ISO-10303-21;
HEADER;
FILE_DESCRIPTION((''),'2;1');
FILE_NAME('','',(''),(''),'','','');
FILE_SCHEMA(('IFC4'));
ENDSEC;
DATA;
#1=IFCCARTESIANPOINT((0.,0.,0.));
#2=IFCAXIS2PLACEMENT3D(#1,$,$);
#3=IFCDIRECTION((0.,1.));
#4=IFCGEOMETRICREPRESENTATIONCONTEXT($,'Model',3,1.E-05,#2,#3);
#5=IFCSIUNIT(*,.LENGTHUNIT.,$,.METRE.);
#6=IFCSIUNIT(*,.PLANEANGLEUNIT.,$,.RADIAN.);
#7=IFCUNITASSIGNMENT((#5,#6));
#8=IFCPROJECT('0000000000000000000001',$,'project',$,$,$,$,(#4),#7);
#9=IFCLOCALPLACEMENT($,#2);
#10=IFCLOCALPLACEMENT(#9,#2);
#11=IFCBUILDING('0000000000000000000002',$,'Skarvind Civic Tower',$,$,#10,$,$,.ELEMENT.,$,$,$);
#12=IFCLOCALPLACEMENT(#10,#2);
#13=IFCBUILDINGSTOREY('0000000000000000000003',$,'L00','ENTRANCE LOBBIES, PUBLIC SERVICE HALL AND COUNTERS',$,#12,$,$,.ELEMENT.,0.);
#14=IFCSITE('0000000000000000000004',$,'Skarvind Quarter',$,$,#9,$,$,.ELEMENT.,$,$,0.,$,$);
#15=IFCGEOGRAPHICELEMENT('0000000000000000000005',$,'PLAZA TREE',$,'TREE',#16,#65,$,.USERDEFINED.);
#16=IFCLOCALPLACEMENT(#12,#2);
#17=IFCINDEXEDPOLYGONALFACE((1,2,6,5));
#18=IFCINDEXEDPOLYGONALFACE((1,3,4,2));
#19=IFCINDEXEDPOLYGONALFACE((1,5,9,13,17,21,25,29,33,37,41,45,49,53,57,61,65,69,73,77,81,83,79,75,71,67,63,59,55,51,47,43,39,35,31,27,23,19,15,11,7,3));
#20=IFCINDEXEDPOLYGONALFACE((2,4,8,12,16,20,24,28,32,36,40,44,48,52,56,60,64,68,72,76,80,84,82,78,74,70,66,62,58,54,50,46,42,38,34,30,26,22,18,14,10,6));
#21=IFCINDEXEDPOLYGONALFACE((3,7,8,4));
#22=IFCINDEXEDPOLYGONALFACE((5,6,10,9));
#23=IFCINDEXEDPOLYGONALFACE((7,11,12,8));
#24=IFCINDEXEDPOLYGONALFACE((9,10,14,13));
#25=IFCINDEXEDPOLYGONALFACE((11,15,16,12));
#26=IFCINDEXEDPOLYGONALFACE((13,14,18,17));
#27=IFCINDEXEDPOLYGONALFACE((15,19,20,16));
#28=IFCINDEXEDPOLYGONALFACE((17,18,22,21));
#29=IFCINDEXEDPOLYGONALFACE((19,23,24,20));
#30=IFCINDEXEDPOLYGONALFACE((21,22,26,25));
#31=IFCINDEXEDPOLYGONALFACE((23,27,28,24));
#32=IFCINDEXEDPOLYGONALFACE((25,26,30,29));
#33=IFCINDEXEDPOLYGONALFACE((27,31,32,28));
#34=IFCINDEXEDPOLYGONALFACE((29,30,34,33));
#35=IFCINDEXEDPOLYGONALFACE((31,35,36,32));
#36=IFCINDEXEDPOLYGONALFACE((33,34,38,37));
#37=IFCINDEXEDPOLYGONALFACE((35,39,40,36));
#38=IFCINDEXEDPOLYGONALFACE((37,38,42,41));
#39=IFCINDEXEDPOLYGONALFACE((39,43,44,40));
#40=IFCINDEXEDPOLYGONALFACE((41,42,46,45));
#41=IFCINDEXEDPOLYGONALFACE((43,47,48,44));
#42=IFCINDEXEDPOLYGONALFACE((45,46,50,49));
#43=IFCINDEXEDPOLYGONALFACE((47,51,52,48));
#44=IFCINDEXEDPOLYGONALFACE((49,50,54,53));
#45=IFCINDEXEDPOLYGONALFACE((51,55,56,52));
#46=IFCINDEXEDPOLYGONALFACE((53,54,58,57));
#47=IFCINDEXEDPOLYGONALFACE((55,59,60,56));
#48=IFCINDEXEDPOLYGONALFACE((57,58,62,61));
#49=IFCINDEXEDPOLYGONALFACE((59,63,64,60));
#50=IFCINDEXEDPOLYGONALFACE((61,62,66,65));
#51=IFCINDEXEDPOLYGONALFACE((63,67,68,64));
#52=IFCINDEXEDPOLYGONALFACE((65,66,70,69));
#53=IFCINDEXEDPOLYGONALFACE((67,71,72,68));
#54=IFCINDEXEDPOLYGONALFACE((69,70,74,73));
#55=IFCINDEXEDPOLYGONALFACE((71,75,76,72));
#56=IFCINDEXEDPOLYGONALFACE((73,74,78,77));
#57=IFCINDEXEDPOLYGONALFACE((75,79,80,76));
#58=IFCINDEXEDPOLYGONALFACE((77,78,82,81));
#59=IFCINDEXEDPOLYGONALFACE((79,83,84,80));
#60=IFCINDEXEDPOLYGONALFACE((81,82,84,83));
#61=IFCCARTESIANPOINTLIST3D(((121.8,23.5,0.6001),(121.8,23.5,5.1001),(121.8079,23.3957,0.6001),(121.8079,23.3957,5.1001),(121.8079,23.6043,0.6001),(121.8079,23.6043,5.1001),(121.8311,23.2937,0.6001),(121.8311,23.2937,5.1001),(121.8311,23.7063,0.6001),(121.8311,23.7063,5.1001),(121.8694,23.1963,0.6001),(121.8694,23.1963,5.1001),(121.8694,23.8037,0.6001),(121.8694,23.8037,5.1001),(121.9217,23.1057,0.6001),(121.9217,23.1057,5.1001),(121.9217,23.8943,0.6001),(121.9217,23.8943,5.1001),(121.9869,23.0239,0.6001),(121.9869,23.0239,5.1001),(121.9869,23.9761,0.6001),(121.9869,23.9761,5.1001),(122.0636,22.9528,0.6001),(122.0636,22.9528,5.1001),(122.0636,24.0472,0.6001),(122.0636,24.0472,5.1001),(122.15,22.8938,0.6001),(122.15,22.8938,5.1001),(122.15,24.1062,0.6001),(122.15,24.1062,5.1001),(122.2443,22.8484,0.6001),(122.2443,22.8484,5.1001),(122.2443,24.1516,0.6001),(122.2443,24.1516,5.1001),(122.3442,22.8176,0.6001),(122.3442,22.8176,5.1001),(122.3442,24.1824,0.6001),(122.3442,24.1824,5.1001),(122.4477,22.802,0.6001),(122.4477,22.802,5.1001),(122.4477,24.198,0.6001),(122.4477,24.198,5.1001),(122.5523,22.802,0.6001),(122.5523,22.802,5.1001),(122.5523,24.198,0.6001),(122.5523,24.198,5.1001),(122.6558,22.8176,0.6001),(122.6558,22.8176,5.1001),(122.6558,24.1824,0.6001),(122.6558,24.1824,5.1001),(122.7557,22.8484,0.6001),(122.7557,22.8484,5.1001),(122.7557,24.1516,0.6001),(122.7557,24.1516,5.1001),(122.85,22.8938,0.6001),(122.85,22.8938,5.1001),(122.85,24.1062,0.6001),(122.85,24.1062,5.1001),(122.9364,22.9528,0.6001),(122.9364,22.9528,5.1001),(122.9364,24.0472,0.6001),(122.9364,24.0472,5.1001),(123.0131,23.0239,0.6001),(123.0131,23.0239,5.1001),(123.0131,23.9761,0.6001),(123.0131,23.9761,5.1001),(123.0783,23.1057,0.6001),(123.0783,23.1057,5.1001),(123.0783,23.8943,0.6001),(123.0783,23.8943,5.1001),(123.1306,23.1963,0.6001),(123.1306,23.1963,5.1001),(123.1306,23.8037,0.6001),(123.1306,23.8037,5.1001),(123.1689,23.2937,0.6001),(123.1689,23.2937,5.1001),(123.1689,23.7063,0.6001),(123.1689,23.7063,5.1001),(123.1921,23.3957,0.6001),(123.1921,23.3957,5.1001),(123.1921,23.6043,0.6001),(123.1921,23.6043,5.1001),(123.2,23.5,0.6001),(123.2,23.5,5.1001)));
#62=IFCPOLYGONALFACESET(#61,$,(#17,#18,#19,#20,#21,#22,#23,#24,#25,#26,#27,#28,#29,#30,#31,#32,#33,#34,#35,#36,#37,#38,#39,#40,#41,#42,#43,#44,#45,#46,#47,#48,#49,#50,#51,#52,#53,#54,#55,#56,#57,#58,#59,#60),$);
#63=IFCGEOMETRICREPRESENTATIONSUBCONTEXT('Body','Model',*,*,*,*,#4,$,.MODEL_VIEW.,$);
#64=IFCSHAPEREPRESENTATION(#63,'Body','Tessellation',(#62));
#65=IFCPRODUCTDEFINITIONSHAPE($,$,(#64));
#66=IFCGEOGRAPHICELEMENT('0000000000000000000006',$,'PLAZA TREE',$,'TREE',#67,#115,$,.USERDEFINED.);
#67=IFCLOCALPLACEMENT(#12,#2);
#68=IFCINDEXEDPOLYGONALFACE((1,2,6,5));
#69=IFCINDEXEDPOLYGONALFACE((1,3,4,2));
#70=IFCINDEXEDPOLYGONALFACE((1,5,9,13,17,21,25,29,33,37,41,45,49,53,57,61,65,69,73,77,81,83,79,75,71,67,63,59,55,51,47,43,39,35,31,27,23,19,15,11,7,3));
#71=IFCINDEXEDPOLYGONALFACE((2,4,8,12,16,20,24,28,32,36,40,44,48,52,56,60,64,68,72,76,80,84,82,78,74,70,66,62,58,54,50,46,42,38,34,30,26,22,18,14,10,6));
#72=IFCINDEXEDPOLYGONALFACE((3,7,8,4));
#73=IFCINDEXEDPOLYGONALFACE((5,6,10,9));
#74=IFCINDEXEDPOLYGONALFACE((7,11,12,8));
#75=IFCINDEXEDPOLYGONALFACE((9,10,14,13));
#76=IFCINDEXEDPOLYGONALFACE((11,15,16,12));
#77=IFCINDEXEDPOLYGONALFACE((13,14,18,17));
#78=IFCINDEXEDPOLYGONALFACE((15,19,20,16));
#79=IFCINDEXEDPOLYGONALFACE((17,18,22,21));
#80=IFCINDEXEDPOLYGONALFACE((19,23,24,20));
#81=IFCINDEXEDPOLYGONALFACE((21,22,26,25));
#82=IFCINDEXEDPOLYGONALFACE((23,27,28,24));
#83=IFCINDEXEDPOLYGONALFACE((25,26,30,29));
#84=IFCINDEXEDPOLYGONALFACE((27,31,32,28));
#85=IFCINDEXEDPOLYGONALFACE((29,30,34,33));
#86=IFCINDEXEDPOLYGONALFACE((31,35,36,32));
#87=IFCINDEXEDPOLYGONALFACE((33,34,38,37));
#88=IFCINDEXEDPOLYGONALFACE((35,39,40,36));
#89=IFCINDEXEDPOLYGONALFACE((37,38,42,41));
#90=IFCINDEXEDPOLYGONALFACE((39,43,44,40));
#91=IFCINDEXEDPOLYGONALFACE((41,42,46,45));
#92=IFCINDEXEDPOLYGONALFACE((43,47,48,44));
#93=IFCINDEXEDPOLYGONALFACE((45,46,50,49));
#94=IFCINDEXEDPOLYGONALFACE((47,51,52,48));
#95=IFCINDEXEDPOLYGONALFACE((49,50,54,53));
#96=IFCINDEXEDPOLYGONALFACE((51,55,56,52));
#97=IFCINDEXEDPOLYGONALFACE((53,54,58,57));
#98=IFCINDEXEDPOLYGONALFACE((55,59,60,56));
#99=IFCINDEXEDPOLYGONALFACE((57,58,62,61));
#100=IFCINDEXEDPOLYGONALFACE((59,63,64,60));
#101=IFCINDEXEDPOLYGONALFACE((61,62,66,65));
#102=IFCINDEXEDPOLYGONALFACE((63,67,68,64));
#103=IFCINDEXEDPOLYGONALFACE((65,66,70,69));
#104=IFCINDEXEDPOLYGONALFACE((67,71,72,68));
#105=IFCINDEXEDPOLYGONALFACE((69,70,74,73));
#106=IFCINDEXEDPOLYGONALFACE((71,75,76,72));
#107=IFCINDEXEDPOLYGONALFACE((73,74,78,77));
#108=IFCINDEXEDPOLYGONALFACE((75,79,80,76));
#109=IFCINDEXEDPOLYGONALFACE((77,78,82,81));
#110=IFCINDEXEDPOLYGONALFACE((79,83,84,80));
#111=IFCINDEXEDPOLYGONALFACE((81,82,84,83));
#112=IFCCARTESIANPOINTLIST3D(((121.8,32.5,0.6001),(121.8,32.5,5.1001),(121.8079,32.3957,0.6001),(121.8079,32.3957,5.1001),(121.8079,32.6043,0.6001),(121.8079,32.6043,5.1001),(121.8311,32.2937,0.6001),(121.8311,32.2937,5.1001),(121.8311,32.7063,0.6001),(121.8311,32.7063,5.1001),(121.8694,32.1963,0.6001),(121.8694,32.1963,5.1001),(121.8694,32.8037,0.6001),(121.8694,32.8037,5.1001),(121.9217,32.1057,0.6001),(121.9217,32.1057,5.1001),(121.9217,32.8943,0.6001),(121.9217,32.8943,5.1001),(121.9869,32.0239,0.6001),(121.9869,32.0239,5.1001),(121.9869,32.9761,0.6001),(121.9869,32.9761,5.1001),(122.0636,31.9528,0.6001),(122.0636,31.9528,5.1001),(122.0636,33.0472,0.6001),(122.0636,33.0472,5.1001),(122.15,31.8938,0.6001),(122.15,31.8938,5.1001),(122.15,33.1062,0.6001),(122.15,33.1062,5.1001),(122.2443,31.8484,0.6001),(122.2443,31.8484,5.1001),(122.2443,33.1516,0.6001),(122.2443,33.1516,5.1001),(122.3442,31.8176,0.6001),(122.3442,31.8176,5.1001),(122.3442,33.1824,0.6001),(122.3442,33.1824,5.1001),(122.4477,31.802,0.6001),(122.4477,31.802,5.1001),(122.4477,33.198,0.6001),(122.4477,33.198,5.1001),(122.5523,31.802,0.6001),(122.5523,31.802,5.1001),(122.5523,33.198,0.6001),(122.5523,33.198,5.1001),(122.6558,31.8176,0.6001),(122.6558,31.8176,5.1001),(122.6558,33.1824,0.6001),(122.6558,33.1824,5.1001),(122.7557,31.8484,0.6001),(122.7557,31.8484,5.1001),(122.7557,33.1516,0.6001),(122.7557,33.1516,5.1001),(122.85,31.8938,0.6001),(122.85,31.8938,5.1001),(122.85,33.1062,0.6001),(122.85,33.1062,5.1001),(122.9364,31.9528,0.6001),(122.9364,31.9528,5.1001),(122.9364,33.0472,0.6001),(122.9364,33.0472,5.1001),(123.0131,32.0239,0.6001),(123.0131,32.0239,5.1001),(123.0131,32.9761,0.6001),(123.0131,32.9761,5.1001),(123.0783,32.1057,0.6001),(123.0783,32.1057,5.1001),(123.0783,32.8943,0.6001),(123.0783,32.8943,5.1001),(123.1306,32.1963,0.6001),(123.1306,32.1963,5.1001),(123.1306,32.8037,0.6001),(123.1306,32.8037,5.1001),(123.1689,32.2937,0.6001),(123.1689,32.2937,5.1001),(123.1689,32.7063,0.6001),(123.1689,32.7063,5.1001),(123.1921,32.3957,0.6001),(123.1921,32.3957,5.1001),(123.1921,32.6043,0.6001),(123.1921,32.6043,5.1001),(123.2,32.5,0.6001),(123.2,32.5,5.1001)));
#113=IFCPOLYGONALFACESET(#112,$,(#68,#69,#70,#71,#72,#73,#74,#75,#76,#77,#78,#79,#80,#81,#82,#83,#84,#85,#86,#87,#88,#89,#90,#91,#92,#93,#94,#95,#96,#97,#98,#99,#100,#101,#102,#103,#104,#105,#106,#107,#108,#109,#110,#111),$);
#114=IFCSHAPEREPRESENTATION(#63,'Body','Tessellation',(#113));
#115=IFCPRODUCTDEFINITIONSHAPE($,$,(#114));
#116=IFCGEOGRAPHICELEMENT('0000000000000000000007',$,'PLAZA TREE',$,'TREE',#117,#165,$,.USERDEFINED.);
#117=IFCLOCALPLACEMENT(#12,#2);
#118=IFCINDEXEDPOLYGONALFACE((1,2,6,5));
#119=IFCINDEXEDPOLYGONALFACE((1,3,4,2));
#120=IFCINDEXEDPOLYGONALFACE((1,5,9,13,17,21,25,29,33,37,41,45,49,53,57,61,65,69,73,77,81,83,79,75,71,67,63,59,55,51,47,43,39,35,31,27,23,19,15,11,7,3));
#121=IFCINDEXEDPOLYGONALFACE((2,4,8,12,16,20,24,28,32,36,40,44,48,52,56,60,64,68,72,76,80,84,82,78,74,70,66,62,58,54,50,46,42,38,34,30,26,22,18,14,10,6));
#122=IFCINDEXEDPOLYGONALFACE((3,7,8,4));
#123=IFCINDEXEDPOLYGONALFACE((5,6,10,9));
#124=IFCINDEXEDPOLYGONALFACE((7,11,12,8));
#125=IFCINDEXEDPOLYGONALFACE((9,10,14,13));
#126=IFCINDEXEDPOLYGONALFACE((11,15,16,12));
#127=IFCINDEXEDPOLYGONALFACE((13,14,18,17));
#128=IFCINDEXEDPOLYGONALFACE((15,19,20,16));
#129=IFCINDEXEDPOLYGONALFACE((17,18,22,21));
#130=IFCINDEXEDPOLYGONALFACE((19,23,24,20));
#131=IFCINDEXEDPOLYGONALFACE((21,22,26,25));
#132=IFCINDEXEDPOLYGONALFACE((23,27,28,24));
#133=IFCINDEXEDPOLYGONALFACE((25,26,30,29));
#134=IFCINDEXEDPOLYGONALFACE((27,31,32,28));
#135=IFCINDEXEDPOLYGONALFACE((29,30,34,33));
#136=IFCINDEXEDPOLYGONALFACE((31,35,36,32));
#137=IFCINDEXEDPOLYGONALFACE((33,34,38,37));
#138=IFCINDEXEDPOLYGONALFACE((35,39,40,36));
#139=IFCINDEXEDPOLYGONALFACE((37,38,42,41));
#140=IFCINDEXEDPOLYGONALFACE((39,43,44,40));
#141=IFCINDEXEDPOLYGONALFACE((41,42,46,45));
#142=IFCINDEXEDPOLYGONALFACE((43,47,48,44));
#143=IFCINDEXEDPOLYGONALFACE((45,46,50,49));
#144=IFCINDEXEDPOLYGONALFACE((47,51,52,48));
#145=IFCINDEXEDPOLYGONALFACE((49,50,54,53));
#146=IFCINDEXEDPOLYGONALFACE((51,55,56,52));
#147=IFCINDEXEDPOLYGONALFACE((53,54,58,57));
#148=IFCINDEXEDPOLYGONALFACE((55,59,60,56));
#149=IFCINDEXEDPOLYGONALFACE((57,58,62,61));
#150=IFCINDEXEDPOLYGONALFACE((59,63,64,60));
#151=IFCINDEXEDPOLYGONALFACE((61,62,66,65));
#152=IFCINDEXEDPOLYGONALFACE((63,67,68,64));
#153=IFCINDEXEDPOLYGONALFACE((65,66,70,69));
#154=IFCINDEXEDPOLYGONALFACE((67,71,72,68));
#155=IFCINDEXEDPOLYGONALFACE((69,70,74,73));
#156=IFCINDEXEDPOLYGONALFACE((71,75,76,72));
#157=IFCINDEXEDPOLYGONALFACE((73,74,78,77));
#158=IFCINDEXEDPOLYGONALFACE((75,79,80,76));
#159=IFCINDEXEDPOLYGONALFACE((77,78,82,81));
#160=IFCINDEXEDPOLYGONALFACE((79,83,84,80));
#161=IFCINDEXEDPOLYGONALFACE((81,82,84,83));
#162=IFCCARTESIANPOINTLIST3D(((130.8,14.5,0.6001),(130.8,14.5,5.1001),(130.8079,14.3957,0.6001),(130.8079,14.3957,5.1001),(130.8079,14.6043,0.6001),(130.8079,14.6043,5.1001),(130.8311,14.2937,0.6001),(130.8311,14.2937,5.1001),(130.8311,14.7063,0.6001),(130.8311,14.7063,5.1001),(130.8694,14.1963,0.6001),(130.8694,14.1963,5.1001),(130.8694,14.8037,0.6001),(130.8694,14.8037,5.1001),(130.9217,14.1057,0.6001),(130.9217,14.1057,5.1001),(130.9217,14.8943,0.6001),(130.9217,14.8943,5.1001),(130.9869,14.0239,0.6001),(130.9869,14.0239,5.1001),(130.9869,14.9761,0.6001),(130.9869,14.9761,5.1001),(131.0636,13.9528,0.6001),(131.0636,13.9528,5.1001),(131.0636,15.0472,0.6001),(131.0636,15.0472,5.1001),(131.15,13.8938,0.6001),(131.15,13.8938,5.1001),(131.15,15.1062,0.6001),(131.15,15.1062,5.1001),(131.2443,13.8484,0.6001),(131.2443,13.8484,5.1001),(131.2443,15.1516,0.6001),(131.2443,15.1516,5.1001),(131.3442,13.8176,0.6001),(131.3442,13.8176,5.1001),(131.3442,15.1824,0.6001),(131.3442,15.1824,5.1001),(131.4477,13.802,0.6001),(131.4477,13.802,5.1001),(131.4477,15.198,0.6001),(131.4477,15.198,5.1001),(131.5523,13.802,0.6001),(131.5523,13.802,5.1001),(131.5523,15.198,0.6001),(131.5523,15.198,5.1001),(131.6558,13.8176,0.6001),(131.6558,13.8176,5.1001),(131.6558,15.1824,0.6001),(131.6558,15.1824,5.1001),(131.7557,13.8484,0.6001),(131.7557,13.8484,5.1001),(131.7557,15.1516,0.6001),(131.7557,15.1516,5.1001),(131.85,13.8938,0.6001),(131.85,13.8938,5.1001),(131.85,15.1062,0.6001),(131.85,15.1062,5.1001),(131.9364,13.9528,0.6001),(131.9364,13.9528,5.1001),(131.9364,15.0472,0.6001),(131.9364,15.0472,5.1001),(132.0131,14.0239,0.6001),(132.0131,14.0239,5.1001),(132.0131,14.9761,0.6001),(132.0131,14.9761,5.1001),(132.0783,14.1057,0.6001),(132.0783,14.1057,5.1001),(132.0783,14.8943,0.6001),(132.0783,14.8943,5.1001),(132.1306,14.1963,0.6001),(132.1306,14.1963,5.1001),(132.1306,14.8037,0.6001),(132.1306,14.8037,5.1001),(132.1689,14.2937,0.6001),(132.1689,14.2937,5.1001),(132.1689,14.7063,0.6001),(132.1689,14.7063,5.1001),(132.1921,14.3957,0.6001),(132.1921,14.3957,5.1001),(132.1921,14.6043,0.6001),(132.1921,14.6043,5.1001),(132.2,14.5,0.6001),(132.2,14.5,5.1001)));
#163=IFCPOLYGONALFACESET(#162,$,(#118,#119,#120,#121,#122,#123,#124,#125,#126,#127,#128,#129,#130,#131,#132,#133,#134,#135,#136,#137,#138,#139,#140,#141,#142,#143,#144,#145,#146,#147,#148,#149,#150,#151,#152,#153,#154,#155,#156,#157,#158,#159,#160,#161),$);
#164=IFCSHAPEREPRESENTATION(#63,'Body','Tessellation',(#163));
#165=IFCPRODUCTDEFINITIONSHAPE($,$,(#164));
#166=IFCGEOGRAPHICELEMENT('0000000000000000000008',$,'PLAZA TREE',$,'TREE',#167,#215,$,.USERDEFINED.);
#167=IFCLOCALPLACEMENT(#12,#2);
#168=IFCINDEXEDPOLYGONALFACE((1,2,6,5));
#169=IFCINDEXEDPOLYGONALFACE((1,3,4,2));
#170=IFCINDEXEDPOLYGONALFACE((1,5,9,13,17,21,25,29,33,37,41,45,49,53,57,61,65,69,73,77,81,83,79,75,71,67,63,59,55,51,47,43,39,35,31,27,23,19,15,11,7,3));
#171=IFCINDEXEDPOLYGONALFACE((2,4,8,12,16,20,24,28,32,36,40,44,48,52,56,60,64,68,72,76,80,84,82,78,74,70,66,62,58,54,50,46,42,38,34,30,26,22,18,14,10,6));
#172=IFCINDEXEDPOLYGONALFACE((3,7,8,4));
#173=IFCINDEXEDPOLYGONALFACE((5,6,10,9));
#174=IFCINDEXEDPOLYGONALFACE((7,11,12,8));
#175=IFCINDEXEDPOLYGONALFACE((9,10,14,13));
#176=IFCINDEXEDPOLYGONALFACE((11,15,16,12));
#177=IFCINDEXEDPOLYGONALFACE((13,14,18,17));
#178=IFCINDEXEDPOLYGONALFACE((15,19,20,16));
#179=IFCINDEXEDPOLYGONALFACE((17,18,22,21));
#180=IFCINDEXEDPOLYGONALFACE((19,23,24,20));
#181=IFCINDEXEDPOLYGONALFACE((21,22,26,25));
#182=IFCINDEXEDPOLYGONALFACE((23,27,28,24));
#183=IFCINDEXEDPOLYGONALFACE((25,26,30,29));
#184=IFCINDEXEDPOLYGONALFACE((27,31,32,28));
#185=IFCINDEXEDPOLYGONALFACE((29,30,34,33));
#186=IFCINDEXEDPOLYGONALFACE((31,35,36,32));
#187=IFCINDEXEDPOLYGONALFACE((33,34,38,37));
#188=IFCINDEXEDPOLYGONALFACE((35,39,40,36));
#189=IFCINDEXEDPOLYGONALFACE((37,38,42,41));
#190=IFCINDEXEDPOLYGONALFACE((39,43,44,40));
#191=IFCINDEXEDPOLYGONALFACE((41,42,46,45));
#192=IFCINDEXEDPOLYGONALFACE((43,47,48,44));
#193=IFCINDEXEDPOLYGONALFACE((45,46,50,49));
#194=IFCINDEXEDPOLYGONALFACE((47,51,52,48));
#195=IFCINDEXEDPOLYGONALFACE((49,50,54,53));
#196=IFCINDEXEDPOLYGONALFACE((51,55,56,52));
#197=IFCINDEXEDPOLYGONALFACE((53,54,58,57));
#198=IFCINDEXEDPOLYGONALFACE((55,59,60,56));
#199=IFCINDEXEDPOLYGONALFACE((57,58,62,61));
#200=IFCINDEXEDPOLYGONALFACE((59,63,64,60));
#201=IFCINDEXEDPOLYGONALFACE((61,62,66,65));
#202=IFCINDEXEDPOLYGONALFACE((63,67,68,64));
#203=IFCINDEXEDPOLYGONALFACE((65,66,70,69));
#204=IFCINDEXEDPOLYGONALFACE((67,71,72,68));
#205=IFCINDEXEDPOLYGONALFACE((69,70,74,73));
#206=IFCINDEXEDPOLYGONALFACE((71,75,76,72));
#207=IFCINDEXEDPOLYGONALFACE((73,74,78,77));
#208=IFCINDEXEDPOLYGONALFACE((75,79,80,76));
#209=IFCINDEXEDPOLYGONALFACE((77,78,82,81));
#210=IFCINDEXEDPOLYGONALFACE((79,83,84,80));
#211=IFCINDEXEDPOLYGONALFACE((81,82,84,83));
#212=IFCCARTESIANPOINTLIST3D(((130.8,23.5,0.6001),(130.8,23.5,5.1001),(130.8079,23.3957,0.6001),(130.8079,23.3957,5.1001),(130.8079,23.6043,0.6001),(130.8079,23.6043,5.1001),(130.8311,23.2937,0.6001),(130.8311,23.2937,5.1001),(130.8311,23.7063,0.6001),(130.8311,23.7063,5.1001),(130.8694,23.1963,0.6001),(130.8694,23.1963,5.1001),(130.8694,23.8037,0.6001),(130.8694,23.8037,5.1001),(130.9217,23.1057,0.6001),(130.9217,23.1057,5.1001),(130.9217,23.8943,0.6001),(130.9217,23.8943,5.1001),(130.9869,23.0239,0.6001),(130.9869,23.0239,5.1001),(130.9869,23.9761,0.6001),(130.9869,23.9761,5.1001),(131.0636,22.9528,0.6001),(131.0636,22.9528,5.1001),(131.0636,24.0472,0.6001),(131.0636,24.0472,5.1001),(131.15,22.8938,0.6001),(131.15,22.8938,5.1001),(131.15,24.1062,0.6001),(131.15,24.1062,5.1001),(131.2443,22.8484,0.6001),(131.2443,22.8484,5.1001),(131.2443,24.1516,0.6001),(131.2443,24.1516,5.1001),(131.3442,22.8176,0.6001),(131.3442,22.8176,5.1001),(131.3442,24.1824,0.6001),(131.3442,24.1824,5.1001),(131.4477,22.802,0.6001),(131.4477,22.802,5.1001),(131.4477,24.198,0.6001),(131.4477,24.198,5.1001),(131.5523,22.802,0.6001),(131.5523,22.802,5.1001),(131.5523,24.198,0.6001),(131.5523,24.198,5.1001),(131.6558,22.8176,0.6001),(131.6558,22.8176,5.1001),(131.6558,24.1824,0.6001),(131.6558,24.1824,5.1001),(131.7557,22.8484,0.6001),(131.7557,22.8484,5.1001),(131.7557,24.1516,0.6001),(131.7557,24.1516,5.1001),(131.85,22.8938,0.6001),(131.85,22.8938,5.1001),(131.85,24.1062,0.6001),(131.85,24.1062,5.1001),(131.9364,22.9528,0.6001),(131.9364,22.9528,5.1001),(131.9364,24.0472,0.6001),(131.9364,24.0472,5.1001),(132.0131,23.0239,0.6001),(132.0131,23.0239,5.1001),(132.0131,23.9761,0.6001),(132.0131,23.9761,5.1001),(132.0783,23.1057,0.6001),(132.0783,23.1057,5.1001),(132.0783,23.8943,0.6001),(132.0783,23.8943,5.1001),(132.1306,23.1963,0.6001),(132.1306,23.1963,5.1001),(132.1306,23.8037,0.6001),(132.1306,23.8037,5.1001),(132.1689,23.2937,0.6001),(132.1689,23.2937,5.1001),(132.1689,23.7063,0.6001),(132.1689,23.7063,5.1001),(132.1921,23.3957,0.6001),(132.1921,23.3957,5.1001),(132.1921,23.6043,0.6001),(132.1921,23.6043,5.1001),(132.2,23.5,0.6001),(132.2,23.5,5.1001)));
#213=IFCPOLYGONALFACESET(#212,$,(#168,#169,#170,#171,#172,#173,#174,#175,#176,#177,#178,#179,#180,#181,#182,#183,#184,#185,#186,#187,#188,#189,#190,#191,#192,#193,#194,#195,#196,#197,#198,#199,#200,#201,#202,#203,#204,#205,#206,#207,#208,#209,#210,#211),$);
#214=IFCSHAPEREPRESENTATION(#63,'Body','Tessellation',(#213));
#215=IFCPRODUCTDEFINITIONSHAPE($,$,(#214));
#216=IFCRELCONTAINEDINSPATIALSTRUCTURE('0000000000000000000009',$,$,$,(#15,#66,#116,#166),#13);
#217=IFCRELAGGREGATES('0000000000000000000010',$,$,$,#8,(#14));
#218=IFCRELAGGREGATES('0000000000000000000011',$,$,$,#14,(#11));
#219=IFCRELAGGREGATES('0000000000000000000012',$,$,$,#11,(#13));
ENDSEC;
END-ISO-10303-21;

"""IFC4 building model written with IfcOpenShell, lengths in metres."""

from ifc_helpers import new_model, si_unit, direction, frame, origin, origin_2d, place, context, subcontext, project, spatial, circle, extrude, element, save


model = new_model("IFC4")

# Units and contexts
model_context = context("Model", 3, precision=1e-05, world=origin(), true_north=direction((0.0, 1.0)))
body_context = subcontext(model_context, "Body", "Model", "MODEL_VIEW")
ifc_project = project(units=[si_unit("LENGTHUNIT", "METRE"), si_unit("PLANEANGLEUNIT", "RADIAN")], contexts=[model_context])

# Site, building, storey
site_placement = place(None, origin())
site = spatial("IfcSite", under=ifc_project, at=site_placement, Name="Skarvind Quarter", CompositionType="ELEMENT", RefElevation=0.0)
building_placement = place(site_placement, origin())
building = spatial("IfcBuilding", under=site, at=building_placement, Name="Skarvind Civic Tower", CompositionType="ELEMENT")
storey_placement = place(building_placement, origin())
storey = spatial("IfcBuildingStorey", under=building, at=storey_placement, Name="L00", Description="ENTRANCE LOBBIES, PUBLIC SERVICE HALL AND COUNTERS", CompositionType="ELEMENT", Elevation=0.0)

# Geographic elements
for number, where, z_axis, x_axis, name in (
    (1, (122.5, 23.5, 0.6001), (0.0, 0.0, 1.0), (1.0, 0.0, 0.0), "PLAZA TREE"),
    (2, (122.5, 32.5, 0.6001), (0.0, 0.0, 1.0), (1.0, 0.0, 0.0), "PLAZA TREE"),
    (3, (131.5, 14.5, 0.6001), (0.0, 0.0, 1.0), (1.0, 0.0, 0.0), "PLAZA TREE"),
    (4, (131.5, 23.5, 0.6001), (0.0, 0.0, 1.0), (1.0, 0.0, 0.0), "PLAZA TREE"),
):
    element("IfcGeographicElement", number, at=place(storey_placement, frame(where, z_axis=z_axis, x_axis=x_axis)), inside=storey, Name=name, ObjectType="TREE", PredefinedType="USERDEFINED", context=body_context, shape_type="SweptSolid", body=[
        extrude(circle(Radius=0.7, at=origin_2d()), origin(), (0.0, 0.0, 1.0), 4.5),
    ])

save(model, "model.ifc")
